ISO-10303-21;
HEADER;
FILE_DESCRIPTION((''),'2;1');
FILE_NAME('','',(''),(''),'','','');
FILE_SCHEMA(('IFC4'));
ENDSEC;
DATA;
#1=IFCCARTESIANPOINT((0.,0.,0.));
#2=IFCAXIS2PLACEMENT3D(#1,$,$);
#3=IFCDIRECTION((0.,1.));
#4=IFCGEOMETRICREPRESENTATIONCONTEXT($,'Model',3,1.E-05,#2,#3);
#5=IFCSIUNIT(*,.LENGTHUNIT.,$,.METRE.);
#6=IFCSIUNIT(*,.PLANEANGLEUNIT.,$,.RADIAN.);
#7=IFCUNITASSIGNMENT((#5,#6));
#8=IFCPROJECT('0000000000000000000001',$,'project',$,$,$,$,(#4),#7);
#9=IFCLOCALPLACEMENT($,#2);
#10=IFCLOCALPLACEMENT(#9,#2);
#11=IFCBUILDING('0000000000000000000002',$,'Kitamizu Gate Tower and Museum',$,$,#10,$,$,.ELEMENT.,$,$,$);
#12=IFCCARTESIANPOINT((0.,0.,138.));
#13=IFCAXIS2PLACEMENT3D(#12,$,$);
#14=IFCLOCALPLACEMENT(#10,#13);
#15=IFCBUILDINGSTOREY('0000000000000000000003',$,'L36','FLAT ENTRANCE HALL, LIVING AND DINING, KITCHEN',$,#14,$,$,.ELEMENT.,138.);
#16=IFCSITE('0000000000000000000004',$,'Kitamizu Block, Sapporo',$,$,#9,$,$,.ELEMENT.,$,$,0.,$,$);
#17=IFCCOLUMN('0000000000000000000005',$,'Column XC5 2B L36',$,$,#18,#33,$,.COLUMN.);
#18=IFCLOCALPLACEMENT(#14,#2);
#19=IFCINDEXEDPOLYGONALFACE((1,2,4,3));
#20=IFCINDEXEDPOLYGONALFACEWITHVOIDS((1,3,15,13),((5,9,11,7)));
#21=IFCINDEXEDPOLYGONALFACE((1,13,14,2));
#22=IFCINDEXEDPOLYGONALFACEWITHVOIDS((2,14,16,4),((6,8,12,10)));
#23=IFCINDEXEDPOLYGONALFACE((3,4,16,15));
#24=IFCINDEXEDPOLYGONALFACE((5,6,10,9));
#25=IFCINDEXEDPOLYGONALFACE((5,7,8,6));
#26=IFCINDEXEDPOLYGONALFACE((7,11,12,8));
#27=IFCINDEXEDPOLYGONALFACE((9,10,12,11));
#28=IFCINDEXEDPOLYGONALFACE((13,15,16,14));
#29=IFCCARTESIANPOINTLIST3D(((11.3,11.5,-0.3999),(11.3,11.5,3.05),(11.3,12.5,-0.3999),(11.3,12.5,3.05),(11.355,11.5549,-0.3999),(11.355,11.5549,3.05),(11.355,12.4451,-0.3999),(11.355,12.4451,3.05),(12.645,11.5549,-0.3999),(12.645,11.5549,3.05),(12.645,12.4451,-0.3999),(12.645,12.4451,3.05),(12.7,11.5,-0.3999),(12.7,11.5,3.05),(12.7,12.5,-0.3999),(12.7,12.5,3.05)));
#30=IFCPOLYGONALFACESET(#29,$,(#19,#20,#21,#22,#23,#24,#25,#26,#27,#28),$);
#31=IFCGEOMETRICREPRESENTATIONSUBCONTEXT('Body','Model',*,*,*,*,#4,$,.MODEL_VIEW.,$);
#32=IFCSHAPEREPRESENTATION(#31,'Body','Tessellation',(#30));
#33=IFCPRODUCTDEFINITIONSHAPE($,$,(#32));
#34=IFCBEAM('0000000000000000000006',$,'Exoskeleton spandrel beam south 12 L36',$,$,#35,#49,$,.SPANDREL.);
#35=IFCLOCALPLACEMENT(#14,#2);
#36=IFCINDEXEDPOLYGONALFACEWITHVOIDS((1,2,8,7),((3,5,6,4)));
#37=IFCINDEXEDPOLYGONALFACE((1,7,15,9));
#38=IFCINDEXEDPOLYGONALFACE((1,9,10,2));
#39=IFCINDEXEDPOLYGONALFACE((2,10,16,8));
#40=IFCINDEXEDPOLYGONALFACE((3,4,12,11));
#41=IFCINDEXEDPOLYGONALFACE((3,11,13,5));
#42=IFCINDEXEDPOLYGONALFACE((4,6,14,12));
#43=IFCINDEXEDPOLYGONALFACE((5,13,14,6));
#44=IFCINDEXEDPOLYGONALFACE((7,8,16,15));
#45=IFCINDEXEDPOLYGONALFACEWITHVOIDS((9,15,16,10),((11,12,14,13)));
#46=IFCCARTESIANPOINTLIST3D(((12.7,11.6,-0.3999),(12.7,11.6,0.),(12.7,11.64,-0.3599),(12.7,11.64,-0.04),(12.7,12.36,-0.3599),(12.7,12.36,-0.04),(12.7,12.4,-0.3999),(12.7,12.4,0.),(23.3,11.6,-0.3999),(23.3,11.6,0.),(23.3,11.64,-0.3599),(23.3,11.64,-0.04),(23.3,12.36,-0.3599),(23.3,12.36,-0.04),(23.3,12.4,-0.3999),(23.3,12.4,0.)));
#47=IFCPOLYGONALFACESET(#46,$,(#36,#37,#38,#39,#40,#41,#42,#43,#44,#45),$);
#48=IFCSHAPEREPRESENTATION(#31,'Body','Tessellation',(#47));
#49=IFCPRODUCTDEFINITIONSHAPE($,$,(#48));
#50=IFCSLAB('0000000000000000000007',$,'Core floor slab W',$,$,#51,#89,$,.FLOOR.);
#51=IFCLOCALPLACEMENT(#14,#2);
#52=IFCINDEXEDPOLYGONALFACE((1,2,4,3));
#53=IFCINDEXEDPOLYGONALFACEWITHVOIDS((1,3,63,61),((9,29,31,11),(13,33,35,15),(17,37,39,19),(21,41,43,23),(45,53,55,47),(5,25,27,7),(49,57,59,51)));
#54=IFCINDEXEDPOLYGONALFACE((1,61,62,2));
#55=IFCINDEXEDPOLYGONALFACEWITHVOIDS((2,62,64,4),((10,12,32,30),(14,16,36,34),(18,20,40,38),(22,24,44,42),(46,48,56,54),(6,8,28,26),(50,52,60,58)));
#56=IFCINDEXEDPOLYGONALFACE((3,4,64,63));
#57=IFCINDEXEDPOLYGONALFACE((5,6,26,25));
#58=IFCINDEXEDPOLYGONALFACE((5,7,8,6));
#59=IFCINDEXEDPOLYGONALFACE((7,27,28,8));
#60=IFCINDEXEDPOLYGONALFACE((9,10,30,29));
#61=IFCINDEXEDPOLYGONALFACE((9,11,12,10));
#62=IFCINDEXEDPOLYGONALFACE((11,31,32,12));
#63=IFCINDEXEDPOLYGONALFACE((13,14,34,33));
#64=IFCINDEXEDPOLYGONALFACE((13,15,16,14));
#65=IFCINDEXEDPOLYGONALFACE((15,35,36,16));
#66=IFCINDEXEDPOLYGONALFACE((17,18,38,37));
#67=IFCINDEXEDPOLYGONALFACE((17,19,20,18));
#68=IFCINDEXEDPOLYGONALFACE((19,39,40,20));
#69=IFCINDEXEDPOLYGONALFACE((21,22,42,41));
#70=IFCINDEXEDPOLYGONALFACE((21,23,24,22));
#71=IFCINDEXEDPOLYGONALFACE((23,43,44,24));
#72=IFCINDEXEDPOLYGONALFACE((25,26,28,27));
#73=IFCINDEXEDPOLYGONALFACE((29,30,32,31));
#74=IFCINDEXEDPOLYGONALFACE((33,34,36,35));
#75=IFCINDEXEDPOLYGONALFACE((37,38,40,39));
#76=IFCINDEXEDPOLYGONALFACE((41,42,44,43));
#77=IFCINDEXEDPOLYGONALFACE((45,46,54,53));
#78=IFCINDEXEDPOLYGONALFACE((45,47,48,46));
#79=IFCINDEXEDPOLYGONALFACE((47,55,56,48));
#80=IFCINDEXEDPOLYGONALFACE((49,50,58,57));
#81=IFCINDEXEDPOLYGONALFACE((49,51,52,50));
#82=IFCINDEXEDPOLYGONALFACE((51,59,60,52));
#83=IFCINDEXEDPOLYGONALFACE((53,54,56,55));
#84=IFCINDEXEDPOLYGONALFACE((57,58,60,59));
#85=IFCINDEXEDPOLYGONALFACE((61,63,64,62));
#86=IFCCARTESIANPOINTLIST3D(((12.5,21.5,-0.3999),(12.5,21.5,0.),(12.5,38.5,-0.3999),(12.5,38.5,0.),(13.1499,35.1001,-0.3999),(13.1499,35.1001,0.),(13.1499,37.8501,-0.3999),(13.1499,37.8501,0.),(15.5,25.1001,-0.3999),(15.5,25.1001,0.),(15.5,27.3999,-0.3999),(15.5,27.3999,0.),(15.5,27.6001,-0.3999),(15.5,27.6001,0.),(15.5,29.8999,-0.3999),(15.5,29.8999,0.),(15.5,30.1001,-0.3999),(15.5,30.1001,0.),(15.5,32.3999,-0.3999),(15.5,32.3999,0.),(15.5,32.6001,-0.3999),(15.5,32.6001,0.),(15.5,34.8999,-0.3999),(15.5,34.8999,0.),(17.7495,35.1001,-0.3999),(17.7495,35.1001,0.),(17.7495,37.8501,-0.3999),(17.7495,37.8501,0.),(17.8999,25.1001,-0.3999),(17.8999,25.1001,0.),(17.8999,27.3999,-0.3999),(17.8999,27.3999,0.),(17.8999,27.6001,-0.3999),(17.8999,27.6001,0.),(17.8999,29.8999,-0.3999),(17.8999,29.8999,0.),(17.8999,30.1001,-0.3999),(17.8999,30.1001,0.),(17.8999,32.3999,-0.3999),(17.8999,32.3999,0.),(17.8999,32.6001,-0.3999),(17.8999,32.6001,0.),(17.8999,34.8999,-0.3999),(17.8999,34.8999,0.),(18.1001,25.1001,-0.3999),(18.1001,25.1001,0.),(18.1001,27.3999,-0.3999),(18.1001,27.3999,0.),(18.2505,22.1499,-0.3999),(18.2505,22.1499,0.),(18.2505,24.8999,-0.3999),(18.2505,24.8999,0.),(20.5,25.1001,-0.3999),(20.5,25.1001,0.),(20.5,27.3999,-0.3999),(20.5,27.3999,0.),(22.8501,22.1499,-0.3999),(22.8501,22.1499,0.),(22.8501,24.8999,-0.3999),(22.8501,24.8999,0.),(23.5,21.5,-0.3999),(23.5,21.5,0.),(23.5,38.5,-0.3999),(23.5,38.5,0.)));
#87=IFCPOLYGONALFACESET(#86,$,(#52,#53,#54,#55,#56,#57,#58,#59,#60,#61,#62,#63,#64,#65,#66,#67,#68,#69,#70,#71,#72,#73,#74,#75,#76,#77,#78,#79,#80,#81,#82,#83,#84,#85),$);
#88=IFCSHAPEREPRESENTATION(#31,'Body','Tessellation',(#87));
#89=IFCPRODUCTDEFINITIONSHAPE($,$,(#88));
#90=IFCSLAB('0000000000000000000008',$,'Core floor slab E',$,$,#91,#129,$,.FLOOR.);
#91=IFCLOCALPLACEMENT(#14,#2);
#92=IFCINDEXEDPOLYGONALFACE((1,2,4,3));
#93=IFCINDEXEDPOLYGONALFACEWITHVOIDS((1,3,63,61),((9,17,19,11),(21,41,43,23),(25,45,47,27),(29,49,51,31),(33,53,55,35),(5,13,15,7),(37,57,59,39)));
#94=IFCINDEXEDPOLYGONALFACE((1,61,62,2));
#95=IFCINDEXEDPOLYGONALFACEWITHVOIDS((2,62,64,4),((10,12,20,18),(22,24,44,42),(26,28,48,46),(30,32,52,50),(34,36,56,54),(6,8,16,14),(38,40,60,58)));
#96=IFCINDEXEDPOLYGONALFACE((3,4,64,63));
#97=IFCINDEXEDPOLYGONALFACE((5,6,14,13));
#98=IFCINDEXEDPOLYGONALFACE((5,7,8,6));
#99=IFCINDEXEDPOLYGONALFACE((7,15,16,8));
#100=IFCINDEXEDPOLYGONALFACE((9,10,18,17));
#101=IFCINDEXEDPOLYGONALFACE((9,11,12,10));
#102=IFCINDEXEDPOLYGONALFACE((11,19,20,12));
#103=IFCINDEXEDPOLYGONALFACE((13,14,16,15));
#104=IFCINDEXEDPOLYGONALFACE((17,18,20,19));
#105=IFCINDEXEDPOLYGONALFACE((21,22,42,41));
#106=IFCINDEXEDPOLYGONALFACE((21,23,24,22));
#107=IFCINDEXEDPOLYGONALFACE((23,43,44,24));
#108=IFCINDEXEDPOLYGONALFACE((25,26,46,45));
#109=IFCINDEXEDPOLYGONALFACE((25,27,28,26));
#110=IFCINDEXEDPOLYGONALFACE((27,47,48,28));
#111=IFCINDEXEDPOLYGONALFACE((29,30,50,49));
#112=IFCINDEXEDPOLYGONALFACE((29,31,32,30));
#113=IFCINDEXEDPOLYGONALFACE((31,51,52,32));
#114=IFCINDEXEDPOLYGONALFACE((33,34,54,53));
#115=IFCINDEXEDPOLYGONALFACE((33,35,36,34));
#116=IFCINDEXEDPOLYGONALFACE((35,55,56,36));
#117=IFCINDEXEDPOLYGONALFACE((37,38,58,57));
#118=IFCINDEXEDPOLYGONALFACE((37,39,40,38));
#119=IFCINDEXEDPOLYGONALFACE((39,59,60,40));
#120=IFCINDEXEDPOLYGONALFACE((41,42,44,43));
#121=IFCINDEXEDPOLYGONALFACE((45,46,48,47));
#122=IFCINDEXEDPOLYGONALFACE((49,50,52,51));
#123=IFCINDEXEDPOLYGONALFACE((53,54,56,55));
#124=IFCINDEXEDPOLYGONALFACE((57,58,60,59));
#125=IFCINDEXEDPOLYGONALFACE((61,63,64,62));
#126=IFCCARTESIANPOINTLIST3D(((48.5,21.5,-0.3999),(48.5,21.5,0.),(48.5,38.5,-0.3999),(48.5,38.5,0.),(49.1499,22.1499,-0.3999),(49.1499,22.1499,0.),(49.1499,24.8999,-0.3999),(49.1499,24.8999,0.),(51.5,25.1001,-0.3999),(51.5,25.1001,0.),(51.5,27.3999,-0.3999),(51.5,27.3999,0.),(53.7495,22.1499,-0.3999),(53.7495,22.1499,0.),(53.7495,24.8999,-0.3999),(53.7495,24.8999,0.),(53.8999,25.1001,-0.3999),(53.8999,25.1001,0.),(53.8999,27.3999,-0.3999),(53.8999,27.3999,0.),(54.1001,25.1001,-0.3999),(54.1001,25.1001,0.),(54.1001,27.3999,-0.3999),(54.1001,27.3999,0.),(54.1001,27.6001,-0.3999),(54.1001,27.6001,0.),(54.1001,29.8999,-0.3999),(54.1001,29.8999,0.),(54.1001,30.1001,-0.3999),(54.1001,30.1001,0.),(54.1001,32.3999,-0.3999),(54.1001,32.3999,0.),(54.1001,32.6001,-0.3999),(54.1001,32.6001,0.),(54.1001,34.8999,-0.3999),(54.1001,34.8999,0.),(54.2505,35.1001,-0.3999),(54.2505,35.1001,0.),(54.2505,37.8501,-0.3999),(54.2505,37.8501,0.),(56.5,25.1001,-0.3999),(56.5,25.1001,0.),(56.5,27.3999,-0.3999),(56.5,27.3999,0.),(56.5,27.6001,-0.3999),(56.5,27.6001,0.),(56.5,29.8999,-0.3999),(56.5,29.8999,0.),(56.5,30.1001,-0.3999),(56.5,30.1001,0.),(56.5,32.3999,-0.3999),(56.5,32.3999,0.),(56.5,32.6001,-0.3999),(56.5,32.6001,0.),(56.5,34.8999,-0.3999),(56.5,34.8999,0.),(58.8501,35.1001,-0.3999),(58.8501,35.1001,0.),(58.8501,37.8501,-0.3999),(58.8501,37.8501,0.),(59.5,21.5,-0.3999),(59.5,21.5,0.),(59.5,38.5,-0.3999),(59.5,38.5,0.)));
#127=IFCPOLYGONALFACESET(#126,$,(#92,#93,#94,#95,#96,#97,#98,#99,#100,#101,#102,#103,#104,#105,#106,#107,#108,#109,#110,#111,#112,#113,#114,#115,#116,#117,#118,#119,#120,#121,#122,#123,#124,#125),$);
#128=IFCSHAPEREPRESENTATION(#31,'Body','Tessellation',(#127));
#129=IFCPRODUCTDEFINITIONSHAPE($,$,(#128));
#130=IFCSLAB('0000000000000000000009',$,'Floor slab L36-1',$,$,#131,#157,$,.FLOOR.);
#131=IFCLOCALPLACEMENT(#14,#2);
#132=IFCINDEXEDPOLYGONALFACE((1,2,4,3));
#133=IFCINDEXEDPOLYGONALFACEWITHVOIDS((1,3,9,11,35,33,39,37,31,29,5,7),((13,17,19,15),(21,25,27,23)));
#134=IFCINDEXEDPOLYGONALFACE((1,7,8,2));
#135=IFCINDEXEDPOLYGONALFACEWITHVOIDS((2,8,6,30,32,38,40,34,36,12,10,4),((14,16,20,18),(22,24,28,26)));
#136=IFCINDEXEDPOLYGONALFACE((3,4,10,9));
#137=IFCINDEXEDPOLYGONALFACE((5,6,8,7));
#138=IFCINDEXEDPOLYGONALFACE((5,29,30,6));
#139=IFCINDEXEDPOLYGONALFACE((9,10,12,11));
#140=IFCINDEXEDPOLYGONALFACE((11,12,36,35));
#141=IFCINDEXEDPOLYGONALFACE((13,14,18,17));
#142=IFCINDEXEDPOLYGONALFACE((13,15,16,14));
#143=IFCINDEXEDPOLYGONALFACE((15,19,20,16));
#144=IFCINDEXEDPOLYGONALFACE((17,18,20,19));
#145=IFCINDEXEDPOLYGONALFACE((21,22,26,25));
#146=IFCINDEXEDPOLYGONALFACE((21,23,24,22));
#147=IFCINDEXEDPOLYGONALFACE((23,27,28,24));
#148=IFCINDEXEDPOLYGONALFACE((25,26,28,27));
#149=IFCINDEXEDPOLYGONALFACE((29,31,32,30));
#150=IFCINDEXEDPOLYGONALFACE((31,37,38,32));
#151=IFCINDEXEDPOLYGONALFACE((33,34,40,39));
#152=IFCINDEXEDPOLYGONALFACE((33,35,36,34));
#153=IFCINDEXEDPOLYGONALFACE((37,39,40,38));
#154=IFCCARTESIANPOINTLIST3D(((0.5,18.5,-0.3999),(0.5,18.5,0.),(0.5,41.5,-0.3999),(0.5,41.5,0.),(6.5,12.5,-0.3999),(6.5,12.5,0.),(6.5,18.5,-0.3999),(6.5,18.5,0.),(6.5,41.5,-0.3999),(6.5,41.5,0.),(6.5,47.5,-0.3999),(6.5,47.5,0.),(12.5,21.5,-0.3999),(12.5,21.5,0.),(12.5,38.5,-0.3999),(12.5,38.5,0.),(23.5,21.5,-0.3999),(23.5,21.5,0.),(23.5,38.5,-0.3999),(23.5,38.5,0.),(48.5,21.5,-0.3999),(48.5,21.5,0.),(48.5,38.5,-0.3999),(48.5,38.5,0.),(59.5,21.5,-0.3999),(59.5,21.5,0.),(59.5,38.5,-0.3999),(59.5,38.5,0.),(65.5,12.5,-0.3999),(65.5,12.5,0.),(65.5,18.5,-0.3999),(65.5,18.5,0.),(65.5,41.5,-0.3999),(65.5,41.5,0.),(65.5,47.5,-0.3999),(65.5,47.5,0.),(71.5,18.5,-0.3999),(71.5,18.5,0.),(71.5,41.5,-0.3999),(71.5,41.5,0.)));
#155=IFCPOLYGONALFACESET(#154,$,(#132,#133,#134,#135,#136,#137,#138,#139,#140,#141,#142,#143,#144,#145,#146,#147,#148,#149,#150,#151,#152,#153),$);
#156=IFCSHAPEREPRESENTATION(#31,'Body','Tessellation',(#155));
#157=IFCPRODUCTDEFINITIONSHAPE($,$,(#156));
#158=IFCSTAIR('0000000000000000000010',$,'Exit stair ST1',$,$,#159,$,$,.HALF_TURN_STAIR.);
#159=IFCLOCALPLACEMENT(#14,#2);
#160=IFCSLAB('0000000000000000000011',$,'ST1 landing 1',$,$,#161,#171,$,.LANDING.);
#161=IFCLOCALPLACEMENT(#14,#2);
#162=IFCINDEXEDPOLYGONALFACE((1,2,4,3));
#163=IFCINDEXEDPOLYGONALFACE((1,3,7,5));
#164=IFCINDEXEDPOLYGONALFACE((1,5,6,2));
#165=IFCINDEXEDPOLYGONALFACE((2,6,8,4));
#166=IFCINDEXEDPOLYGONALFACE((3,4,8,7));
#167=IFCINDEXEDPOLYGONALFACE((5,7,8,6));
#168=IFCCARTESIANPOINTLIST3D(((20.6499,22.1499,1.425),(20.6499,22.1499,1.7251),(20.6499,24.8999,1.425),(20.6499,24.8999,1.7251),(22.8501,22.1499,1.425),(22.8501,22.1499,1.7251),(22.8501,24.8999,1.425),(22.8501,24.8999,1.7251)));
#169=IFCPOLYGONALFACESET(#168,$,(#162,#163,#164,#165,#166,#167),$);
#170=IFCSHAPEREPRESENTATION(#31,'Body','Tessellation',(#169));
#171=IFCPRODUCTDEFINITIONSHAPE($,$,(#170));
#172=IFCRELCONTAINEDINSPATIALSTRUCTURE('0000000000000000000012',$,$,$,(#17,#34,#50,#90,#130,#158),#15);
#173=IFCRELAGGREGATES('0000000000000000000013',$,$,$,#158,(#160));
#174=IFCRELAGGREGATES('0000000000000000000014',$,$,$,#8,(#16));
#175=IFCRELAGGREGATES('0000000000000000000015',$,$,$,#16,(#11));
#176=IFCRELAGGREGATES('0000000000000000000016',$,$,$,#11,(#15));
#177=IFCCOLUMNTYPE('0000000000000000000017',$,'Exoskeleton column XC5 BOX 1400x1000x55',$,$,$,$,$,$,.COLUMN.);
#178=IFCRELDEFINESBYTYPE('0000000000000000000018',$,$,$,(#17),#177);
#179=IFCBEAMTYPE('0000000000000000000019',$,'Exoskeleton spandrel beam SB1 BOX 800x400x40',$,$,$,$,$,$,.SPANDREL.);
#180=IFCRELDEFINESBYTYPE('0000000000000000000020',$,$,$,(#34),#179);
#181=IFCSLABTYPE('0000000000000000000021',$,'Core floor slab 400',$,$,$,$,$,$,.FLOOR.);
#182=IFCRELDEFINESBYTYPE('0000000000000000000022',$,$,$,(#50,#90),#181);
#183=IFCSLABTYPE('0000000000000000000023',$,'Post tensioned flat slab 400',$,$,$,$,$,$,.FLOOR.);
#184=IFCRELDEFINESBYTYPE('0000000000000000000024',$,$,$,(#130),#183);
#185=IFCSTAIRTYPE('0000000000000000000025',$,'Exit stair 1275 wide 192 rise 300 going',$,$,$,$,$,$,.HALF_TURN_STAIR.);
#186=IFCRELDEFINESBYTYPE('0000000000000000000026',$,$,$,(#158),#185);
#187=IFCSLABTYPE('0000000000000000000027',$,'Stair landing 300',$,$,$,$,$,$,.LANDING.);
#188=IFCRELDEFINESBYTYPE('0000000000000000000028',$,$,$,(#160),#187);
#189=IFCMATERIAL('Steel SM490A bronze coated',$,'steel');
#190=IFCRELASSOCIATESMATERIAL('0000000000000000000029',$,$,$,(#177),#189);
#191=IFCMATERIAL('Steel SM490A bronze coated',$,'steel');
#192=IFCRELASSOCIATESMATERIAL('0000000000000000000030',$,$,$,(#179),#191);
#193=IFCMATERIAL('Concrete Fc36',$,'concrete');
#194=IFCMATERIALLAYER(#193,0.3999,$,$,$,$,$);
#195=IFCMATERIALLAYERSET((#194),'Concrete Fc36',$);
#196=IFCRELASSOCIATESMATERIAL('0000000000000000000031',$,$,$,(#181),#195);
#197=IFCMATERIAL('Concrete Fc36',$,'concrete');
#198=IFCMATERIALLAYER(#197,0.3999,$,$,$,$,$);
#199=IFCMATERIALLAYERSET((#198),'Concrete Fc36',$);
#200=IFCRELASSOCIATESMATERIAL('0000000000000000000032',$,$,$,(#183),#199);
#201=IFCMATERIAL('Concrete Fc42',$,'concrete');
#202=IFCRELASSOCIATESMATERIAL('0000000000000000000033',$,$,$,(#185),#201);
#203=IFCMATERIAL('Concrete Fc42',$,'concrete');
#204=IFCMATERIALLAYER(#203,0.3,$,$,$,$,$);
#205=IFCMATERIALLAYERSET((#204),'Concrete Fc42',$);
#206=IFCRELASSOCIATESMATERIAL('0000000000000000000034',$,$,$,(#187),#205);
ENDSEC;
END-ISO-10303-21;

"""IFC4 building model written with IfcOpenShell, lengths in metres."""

from ifc_helpers import new_model, si_unit, direction, frame, origin, origin_2d, place, context, subcontext, project, spatial, polyline, hollow_rectangle, outline, extrude, material, layer, layer_set, material_profile, profile_set, type_object, element, aggregate, save


model = new_model("IFC4")

# Units and contexts
model_context = context("Model", 3, precision=1e-05, world=origin(), true_north=direction((0.0, 1.0)))
body_context = subcontext(model_context, "Body", "Model", "MODEL_VIEW")
ifc_project = project(units=[si_unit("LENGTHUNIT", "METRE"), si_unit("PLANEANGLEUNIT", "RADIAN")], contexts=[model_context])

# Site, building, storey
site_placement = place(None, origin())
site = spatial("IfcSite", under=ifc_project, at=site_placement, Name="Kitamizu Block, Sapporo", CompositionType="ELEMENT", RefElevation=0.0)
building_placement = place(site_placement, origin())
building = spatial("IfcBuilding", under=site, at=building_placement, Name="Kitamizu Gate Tower and Museum", CompositionType="ELEMENT")
storey_placement = place(building_placement, frame((0.0, 0.0, 138.0)))
storey = spatial("IfcBuildingStorey", under=building, at=storey_placement, Name="L36", Description="FLAT ENTRANCE HALL, LIVING AND DINING, KITCHEN", CompositionType="ELEMENT", Elevation=138.0)

# Column
ifc_material_1 = material(Name="Steel SM490A bronze coated", Category="steel")
ifc_material_profile_1 = material_profile(ifc_material_1, hollow_rectangle(XDim=1.3999, YDim=1.0, WallThickness=0.0549, at=origin_2d()), Name="BOX 1400x1000x55")
ifc_profile_set_1 = profile_set([ifc_material_profile_1], Name="Steel SM490A bronze coated")
column_type = type_object("IfcColumnType", Name="Exoskeleton column XC5 BOX 1400x1000x55", PredefinedType="COLUMN", material=ifc_profile_set_1)
column_placement = place(storey_placement, frame((12.0, 12.0, -0.3999), z_axis=(0.0, 0.0, 1.0), x_axis=(1.0, 0.0, 0.0)))
element("IfcColumn", 1, at=column_placement, inside=storey, type_object=column_type, Name="Column XC5 2B L36", PredefinedType="COLUMN", context=body_context, shape_type="SweptSolid", body=[
    extrude(hollow_rectangle(XDim=1.3999, YDim=1.0, WallThickness=0.0549, at=origin_2d()), origin(), (0.0, 0.0, 1.0), 3.45),
])

# Beam
ifc_material_2 = material(Name="Steel SM490A bronze coated", Category="steel")
ifc_material_profile_2 = material_profile(ifc_material_2, hollow_rectangle(XDim=0.8, YDim=0.3999, WallThickness=0.04, at=origin_2d()), Name="BOX 800x400x40")
ifc_profile_set_2 = profile_set([ifc_material_profile_2], Name="Steel SM490A bronze coated")
beam_type = type_object("IfcBeamType", Name="Exoskeleton spandrel beam SB1 BOX 800x400x40", PredefinedType="SPANDREL", material=ifc_profile_set_2)
beam_placement = place(storey_placement, frame((12.7, 12.0, -0.2), z_axis=(1.0, 0.0, 0.0), x_axis=(0.0, 1.0, 0.0)))
element("IfcBeam", 2, at=beam_placement, inside=storey, type_object=beam_type, Name="Exoskeleton spandrel beam south 12 L36", PredefinedType="SPANDREL", context=body_context, shape_type="SweptSolid", body=[
    extrude(hollow_rectangle(XDim=0.8, YDim=0.3999, WallThickness=0.04, at=origin_2d()), origin(), (0.0, 0.0, 1.0), 10.6001),
])

# Slabs
ifc_material_3 = material(Name="Concrete Fc36", Category="concrete")
ifc_layer_1 = layer(ifc_material_3, 0.3999)
ifc_layer_set_1 = layer_set([ifc_layer_1], Name="Concrete Fc36")
slab_type_1 = type_object("IfcSlabType", Name="Core floor slab 400", PredefinedType="FLOOR", material=ifc_layer_set_1)
slab_1_placement = place(storey_placement, frame((0.0, 0.0, -0.3999)))
element("IfcSlab", 3, at=slab_1_placement, inside=storey, type_object=slab_type_1, Name="Core floor slab W", PredefinedType="FLOOR", context=body_context, shape_type="SweptSolid", body=[
    extrude(outline(polyline([(12.5, 21.5), (23.5, 21.5), (23.5, 38.5), (12.5, 38.5), (12.5, 21.5)]), holes=[polyline([(15.5, 25.1001), (17.8999, 25.1001), (17.8999, 27.3999), (15.5, 27.3999), (15.5, 25.1001)]), polyline([(15.5, 27.6001), (17.8999, 27.6001), (17.8999, 29.8999), (15.5, 29.8999), (15.5, 27.6001)]), polyline([(15.5, 30.1001), (17.8999, 30.1001), (17.8999, 32.3999), (15.5, 32.3999), (15.5, 30.1001)]), polyline([(15.5, 32.6001), (17.8999, 32.6001), (17.8999, 34.8999), (15.5, 34.8999), (15.5, 32.6001)]), polyline([(18.1001, 25.1001), (20.5, 25.1001), (20.5, 27.3999), (18.1001, 27.3999), (18.1001, 25.1001)]), polyline([(18.2505, 22.1499), (22.8501, 22.1499), (22.8501, 24.8999), (18.2505, 24.8999), (18.2505, 22.1499)]), polyline([(13.1499, 35.1001), (17.7495, 35.1001), (17.7495, 37.8501), (13.1499, 37.8501), (13.1499, 35.1001)])]), origin(), (0.0, 0.0, 1.0), 0.3999),
])
slab_2_placement = place(storey_placement, frame((0.0, 0.0, -0.3999)))
element("IfcSlab", 4, at=slab_2_placement, inside=storey, type_object=slab_type_1, Name="Core floor slab E", PredefinedType="FLOOR", context=body_context, shape_type="SweptSolid", body=[
    extrude(outline(polyline([(48.5, 21.5), (59.5, 21.5), (59.5, 38.5), (48.5, 38.5), (48.5, 21.5)]), holes=[polyline([(54.1001, 25.1001), (56.5, 25.1001), (56.5, 27.3999), (54.1001, 27.3999), (54.1001, 25.1001)]), polyline([(54.1001, 27.6001), (56.5, 27.6001), (56.5, 29.8999), (54.1001, 29.8999), (54.1001, 27.6001)]), polyline([(54.1001, 30.1001), (56.5, 30.1001), (56.5, 32.3999), (54.1001, 32.3999), (54.1001, 30.1001)]), polyline([(54.1001, 32.6001), (56.5, 32.6001), (56.5, 34.8999), (54.1001, 34.8999), (54.1001, 32.6001)]), polyline([(51.5, 25.1001), (53.8999, 25.1001), (53.8999, 27.3999), (51.5, 27.3999), (51.5, 25.1001)]), polyline([(49.1499, 22.1499), (53.7495, 22.1499), (53.7495, 24.8999), (49.1499, 24.8999), (49.1499, 22.1499)]), polyline([(54.2505, 35.1001), (58.8501, 35.1001), (58.8501, 37.8501), (54.2505, 37.8501), (54.2505, 35.1001)])]), origin(), (0.0, 0.0, 1.0), 0.3999),
])
ifc_material_4 = material(Name="Concrete Fc36", Category="concrete")
ifc_layer_2 = layer(ifc_material_4, 0.3999)
ifc_layer_set_2 = layer_set([ifc_layer_2], Name="Concrete Fc36")
slab_type_2 = type_object("IfcSlabType", Name="Post tensioned flat slab 400", PredefinedType="FLOOR", material=ifc_layer_set_2)
slab_3_placement = place(storey_placement, frame((0.0, 0.0, -0.3999)))
element("IfcSlab", 5, at=slab_3_placement, inside=storey, type_object=slab_type_2, Name="Floor slab L36-1", PredefinedType="FLOOR", context=body_context, shape_type="SweptSolid", body=[
    extrude(outline(polyline([(0.5, 18.5), (0.5, 41.5), (6.5, 41.5), (6.5, 47.5), (65.5, 47.5), (65.5, 41.5), (71.5, 41.5), (71.5, 18.5), (65.5, 18.5), (65.5, 12.5), (6.5, 12.5), (6.5, 18.5), (0.5, 18.5)]), holes=[polyline([(59.5, 38.5), (48.5, 38.5), (48.5, 21.5), (59.5, 21.5), (59.5, 38.5)]), polyline([(12.5, 38.5), (12.5, 21.5), (23.5, 21.5), (23.5, 38.5), (12.5, 38.5)])]), origin(), (0.0, 0.0, 1.0), 0.3999),
])

# Stair, slab
ifc_material_5 = material(Name="Concrete Fc42", Category="concrete")
stair_type = type_object("IfcStairType", Name="Exit stair 1275 wide 192 rise 300 going", PredefinedType="HALF_TURN_STAIR", material=ifc_material_5)
stair_1_placement = place(storey_placement, origin())
stair_1 = element("IfcStair", 6, at=stair_1_placement, inside=storey, type_object=stair_type, Name="Exit stair ST1", PredefinedType="HALF_TURN_STAIR")
ifc_material_6 = material(Name="Concrete Fc42", Category="concrete")
ifc_layer_3 = layer(ifc_material_6, 0.3)
ifc_layer_set_3 = layer_set([ifc_layer_3], Name="Concrete Fc42")
slab_type_3 = type_object("IfcSlabType", Name="Stair landing 300", PredefinedType="LANDING", material=ifc_layer_set_3)
slab_4_placement = place(storey_placement, frame((0.0, 0.0, 1.425)))
slab_4 = element("IfcSlab", 7, at=slab_4_placement, type_object=slab_type_3, Name="ST1 landing 1", PredefinedType="LANDING", context=body_context, shape_type="SweptSolid", body=[
    extrude(outline(polyline([(20.6499, 22.1499), (22.8501, 22.1499), (22.8501, 24.8999), (20.6499, 24.8999), (20.6499, 22.1499)])), origin(), (0.0, 0.0, 1.0), 0.3),
])
aggregate(stair_1, [slab_4])

save(model, "model.ifc")
